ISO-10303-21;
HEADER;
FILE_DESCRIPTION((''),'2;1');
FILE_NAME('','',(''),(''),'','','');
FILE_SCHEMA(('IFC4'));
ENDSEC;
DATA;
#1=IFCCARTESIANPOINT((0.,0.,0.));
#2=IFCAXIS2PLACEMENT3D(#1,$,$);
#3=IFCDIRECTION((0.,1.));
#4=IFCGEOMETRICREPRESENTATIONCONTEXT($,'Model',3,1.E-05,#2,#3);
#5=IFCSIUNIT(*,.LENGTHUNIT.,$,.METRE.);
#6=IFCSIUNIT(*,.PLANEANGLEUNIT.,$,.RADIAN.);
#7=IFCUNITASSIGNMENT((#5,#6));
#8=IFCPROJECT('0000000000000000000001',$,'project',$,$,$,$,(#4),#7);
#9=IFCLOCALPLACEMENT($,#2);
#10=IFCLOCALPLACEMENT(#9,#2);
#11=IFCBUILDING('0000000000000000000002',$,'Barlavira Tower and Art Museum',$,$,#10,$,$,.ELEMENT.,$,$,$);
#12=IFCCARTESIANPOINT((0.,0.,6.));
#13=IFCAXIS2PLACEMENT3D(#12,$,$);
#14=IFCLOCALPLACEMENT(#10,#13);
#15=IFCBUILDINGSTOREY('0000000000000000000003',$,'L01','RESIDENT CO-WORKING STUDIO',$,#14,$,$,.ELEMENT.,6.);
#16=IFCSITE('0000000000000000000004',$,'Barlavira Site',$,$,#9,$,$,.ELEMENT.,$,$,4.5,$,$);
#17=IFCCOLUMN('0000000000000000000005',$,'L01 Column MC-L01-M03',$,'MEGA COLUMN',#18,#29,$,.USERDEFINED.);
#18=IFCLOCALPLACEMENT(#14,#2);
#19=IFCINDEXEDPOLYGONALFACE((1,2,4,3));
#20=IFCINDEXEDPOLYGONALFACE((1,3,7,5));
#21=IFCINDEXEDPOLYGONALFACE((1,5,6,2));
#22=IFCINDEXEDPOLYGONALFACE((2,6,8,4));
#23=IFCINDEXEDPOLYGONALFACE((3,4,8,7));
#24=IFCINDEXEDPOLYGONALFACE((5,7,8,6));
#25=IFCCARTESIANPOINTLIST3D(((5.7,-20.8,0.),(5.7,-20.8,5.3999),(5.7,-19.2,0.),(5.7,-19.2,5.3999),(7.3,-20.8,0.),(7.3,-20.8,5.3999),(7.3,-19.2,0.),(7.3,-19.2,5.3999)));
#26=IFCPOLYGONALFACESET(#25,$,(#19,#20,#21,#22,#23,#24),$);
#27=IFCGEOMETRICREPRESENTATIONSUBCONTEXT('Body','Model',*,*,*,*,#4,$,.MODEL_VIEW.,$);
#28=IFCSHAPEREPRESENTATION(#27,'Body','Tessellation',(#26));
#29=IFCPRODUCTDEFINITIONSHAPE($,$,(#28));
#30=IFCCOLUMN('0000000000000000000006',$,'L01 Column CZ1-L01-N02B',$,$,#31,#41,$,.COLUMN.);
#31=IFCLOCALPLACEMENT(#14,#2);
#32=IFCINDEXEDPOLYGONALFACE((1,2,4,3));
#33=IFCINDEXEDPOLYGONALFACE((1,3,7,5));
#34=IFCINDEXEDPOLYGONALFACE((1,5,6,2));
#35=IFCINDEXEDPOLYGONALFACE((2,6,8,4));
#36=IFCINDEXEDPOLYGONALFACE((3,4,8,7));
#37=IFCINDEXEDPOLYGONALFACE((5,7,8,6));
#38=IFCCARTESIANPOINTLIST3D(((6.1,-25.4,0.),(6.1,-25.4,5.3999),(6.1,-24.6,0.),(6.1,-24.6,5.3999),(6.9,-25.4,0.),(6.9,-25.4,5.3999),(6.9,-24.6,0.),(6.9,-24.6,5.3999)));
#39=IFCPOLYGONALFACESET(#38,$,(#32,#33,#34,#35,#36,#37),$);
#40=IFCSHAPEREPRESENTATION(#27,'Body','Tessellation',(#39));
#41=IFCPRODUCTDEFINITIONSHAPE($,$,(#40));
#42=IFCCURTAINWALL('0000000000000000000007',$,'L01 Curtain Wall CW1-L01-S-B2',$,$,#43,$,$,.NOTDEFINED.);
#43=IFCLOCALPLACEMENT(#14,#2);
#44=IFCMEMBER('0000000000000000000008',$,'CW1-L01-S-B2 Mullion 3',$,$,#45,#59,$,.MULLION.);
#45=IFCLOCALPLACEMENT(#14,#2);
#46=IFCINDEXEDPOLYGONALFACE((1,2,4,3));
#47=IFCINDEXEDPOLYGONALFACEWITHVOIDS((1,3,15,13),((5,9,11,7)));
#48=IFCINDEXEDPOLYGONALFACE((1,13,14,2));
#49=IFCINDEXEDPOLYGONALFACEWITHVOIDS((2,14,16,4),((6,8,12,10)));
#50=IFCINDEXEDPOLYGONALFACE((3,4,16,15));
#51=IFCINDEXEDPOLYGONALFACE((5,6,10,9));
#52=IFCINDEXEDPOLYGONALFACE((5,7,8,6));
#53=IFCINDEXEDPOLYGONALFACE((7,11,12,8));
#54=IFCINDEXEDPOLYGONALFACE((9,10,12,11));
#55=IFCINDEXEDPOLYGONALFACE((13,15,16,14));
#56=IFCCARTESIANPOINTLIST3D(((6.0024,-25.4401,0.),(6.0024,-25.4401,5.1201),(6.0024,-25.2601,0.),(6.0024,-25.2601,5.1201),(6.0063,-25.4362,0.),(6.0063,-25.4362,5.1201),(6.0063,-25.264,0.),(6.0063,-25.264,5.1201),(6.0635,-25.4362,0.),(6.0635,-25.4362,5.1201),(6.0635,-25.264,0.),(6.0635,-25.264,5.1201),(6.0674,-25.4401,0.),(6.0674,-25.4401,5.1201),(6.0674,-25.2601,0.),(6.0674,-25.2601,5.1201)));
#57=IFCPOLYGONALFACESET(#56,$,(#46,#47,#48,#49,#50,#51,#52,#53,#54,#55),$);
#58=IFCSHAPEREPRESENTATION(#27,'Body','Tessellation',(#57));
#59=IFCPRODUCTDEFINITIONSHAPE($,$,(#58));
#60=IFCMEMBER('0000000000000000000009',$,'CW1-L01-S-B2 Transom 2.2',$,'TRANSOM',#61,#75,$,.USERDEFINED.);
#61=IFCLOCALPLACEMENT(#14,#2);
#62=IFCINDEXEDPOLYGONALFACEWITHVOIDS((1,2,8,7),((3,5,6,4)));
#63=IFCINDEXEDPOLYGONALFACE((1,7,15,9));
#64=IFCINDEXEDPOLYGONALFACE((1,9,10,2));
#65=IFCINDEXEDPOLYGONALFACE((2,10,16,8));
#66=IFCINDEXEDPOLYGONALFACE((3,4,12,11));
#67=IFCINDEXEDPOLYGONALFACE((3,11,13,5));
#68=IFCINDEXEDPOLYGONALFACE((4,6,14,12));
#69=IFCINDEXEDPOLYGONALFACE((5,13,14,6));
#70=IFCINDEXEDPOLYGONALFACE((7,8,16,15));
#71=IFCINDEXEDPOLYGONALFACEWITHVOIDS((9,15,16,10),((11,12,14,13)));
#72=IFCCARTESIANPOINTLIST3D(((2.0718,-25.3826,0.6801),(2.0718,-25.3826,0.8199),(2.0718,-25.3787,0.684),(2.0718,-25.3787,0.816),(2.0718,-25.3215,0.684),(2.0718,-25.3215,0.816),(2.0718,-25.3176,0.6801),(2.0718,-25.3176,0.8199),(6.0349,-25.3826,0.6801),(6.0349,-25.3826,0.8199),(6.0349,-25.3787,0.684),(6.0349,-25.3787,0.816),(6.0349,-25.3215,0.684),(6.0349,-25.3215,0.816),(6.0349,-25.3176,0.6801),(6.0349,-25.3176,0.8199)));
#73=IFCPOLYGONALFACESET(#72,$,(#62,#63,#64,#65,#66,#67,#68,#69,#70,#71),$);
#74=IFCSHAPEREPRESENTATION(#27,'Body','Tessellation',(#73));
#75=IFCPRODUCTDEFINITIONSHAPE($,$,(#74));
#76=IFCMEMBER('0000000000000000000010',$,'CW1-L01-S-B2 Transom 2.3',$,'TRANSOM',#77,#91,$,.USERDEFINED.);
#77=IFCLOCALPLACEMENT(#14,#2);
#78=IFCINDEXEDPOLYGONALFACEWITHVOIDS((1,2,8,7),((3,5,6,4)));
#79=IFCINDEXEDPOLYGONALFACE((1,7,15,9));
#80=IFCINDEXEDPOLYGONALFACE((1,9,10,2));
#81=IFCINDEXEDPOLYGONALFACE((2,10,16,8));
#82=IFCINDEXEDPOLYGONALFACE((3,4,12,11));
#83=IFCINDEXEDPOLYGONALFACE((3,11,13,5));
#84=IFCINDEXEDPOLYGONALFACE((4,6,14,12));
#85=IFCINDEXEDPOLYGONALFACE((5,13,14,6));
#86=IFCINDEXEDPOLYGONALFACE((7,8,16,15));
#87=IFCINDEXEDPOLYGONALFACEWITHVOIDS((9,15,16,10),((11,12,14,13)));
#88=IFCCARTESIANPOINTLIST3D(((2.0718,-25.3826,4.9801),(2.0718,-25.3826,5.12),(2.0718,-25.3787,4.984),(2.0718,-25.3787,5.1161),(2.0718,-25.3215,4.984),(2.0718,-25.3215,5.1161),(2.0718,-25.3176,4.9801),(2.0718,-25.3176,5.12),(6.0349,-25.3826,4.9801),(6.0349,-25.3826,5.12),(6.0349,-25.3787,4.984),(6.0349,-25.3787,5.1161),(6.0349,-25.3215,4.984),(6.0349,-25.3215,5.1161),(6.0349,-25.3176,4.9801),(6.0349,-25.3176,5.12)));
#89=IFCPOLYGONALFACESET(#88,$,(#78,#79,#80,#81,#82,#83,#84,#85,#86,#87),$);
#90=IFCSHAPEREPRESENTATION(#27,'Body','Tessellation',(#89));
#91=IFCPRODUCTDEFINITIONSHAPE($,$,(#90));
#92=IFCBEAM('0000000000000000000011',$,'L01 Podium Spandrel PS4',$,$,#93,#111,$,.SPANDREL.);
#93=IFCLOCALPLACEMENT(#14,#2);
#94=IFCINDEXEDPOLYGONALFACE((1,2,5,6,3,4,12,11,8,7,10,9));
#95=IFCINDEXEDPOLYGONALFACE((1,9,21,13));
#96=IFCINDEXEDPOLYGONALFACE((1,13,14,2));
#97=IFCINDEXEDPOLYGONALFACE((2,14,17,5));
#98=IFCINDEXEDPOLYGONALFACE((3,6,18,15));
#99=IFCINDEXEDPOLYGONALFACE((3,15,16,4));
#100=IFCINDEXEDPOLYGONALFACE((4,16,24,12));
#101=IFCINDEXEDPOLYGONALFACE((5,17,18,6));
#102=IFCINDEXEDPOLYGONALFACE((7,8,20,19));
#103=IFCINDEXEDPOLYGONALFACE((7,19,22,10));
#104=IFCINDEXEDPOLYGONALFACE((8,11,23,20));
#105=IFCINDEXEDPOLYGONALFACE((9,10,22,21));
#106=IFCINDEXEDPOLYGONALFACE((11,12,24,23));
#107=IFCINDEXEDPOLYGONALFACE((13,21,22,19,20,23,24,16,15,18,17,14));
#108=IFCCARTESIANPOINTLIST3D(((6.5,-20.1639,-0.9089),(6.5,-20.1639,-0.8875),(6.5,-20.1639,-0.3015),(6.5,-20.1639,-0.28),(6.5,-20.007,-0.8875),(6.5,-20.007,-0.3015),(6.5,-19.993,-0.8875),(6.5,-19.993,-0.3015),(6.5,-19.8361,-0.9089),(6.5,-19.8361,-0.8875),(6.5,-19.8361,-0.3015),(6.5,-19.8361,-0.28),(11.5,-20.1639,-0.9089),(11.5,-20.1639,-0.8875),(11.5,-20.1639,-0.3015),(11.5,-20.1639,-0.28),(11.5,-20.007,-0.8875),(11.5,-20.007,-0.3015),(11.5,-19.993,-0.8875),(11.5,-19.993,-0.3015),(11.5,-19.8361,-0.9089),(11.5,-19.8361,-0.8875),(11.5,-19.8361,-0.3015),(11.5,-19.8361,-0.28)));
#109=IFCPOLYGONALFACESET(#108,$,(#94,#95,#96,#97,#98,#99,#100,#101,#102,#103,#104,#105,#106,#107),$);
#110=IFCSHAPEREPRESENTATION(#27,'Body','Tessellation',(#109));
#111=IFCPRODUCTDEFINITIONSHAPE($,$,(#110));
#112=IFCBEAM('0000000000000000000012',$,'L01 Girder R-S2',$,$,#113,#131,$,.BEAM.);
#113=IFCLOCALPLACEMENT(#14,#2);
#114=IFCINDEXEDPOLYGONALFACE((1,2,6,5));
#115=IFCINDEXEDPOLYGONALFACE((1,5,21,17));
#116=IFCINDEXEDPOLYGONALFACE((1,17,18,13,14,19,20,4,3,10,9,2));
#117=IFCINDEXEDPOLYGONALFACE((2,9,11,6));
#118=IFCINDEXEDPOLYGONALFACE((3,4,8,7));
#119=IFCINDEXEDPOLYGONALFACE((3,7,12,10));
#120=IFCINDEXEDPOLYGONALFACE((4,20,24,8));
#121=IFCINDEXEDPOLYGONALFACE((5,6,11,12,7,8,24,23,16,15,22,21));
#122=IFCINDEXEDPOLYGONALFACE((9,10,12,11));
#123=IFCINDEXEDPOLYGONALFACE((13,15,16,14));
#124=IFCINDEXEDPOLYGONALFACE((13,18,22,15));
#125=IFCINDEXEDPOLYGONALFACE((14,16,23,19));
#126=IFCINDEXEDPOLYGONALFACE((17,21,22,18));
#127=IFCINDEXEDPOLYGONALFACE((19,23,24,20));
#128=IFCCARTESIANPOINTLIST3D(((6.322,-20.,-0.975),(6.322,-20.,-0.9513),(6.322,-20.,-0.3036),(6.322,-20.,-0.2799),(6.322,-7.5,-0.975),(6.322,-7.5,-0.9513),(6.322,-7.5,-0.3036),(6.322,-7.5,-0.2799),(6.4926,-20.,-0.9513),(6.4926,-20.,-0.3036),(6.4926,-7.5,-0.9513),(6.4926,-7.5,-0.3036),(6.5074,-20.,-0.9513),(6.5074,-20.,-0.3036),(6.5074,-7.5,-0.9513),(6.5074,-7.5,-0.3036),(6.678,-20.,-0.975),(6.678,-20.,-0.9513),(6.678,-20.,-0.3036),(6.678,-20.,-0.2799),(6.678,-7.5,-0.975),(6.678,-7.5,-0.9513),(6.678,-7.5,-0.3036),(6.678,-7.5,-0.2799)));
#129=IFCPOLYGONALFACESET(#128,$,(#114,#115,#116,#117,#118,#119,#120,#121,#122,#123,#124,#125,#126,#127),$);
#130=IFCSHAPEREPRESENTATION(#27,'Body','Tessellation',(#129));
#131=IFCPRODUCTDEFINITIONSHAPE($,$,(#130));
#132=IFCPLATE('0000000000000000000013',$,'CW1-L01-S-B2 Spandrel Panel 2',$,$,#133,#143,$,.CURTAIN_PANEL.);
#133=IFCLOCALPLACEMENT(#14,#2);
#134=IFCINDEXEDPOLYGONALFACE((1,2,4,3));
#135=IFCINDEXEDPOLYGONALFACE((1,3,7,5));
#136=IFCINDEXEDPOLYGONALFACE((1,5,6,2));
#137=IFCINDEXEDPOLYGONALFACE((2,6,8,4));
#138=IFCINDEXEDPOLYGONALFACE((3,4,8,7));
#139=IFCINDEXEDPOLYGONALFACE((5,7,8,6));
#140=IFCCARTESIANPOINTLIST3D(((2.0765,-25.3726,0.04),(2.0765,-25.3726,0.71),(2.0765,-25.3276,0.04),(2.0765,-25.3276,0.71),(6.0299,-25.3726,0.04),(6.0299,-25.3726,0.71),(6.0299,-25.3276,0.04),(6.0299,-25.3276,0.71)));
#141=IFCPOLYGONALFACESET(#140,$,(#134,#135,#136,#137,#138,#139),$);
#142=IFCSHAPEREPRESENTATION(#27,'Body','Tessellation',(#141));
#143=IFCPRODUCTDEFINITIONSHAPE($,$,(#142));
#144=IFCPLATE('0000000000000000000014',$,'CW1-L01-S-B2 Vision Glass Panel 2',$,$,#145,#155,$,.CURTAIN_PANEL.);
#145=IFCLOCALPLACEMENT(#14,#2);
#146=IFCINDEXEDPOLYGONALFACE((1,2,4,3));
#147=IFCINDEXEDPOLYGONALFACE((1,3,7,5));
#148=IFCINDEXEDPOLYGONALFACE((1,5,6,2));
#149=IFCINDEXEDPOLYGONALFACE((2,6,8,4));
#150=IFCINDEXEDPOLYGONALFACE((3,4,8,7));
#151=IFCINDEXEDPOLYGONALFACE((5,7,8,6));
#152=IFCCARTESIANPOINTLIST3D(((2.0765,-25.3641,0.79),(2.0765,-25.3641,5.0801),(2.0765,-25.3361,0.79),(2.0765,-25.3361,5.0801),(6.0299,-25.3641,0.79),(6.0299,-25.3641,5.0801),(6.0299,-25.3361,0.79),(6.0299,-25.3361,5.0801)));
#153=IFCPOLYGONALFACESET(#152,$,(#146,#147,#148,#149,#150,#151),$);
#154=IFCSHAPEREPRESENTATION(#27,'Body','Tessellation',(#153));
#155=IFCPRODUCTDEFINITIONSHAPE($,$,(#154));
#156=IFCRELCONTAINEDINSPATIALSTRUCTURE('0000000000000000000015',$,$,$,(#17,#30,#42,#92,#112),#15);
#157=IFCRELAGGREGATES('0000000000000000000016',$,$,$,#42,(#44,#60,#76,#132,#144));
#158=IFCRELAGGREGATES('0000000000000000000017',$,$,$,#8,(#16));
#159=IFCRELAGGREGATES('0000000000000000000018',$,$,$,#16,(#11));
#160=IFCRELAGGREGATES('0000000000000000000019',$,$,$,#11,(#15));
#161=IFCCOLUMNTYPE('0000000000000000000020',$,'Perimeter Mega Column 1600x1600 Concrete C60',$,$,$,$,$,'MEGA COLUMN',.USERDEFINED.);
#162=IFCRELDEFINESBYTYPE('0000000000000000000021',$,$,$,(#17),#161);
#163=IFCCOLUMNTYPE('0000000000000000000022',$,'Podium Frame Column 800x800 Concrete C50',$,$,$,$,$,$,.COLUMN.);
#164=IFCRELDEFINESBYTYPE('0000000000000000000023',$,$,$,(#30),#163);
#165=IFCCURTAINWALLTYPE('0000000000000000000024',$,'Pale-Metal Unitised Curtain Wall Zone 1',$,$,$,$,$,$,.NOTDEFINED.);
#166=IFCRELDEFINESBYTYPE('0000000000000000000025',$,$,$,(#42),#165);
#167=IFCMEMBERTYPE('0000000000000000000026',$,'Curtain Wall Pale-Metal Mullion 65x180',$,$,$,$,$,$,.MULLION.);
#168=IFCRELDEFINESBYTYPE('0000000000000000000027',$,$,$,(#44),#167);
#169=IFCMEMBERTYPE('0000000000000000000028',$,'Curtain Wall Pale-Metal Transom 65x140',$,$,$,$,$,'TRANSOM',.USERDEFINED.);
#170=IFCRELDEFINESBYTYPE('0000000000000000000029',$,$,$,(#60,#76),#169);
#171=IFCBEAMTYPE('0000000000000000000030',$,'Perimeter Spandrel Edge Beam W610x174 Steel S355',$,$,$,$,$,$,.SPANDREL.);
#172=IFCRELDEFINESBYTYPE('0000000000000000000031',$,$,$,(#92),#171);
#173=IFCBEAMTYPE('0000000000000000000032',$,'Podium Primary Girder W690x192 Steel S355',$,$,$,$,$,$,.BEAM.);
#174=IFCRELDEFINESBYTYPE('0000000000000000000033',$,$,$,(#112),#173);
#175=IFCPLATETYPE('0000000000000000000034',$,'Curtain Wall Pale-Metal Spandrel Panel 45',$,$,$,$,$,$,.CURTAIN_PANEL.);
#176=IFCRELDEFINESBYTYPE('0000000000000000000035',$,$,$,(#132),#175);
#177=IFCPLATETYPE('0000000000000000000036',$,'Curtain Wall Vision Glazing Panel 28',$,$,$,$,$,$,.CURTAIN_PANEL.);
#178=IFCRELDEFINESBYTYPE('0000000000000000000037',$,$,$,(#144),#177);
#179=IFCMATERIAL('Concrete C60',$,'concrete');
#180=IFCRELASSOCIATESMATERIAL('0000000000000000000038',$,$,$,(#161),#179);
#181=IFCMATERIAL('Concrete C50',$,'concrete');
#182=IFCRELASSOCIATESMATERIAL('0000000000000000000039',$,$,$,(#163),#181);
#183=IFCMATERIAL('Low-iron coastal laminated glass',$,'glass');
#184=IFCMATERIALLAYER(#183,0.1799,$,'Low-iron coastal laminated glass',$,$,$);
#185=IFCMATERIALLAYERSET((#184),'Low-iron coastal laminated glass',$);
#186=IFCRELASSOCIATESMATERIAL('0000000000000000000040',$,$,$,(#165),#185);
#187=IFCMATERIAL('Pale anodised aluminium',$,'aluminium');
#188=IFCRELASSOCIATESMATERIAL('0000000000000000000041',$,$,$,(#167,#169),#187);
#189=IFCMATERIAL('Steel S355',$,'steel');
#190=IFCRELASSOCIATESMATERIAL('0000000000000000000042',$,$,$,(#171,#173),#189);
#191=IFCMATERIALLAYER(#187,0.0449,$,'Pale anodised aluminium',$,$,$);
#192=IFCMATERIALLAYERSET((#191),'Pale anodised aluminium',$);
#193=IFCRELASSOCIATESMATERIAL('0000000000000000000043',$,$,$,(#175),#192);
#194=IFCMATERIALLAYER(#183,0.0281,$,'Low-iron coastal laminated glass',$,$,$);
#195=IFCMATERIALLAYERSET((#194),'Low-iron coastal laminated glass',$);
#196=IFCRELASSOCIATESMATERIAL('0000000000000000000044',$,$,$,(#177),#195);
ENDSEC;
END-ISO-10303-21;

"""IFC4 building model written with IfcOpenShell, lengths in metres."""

from ifc_helpers import new_model, si_unit, direction, frame, origin, origin_2d, place, context, subcontext, project, spatial, rectangle, hollow_rectangle, i_section, extrude, material, layer, layer_set, material_profile, profile_set, type_object, element, aggregate, save


model = new_model("IFC4")

# Units and contexts
model_context = context("Model", 3, precision=1e-05, world=origin(), true_north=direction((0.0, 1.0)))
body_context = subcontext(model_context, "Body", "Model", "MODEL_VIEW")
ifc_project = project(units=[si_unit("LENGTHUNIT", "METRE"), si_unit("PLANEANGLEUNIT", "RADIAN")], contexts=[model_context])

# Site, building, storey
site_placement = place(None, origin())
site = spatial("IfcSite", under=ifc_project, at=site_placement, Name="Barlavira Site", CompositionType="ELEMENT", RefElevation=4.5)
building_placement = place(site_placement, origin())
building = spatial("IfcBuilding", under=site, at=building_placement, Name="Barlavira Tower and Art Museum", CompositionType="ELEMENT")
storey_placement = place(building_placement, frame((0.0, 0.0, 6.0)))
storey = spatial("IfcBuildingStorey", under=building, at=storey_placement, Name="L01", Description="RESIDENT CO-WORKING STUDIO", CompositionType="ELEMENT", Elevation=6.0)

# Columns
ifc_material_1 = material(Name="Concrete C60", Category="concrete")
ifc_material_profile_1 = material_profile(ifc_material_1, rectangle(XDim=1.6001, YDim=1.6001, at=origin_2d()), Name="RC-MCOL 1600x1600")
ifc_profile_set_1 = profile_set([ifc_material_profile_1], Name="Concrete C60")
column_type_1 = type_object("IfcColumnType", Name="Perimeter Mega Column 1600x1600 Concrete C60", ElementType="MEGA COLUMN", PredefinedType="USERDEFINED", material=ifc_profile_set_1)
column_1_placement = place(storey_placement, frame((6.5, -20.0, 0.0), z_axis=(0.0, 0.0, 1.0), x_axis=(1.0, 0.0, 0.0)))
element("IfcColumn", 1, at=column_1_placement, inside=storey, type_object=column_type_1, Name="L01 Column MC-L01-M03", ObjectType="MEGA COLUMN", PredefinedType="USERDEFINED", context=body_context, shape_type="SweptSolid", body=[
    extrude(rectangle(XDim=1.6001, YDim=1.6001, at=origin_2d()), origin(), (0.0, 0.0, 1.0), 5.3999),
])
ifc_material_2 = material(Name="Concrete C50", Category="concrete")
ifc_material_profile_2 = material_profile(ifc_material_2, rectangle(XDim=0.8, YDim=0.8, at=origin_2d()), Name="RC-COL 800x800")
ifc_profile_set_2 = profile_set([ifc_material_profile_2], Name="Concrete C50")
column_type_2 = type_object("IfcColumnType", Name="Podium Frame Column 800x800 Concrete C50", PredefinedType="COLUMN", material=ifc_profile_set_2)
column_2_placement = place(storey_placement, frame((6.5, -25.0, 0.0), z_axis=(0.0, 0.0, 1.0), x_axis=(1.0, 0.0, 0.0)))
element("IfcColumn", 2, at=column_2_placement, inside=storey, type_object=column_type_2, Name="L01 Column CZ1-L01-N02B", PredefinedType="COLUMN", context=body_context, shape_type="SweptSolid", body=[
    extrude(rectangle(XDim=0.8, YDim=0.8, at=origin_2d()), origin(), (0.0, 0.0, 1.0), 5.3999),
])

# Curtain wall, members
ifc_material_3 = material(Name="Low-iron coastal laminated glass", Category="glass")
ifc_layer_1 = layer(ifc_material_3, 0.1799, Name="Low-iron coastal laminated glass")
ifc_layer_set_1 = layer_set([ifc_layer_1], Name="Low-iron coastal laminated glass")
curtain_wall_type = type_object("IfcCurtainWallType", Name="Pale-Metal Unitised Curtain Wall Zone 1", PredefinedType="NOTDEFINED", material=ifc_layer_set_1)
curtain_wall_placement = place(storey_placement, origin())
curtain_wall = element("IfcCurtainWall", 3, at=curtain_wall_placement, inside=storey, type_object=curtain_wall_type, Name="L01 Curtain Wall CW1-L01-S-B2", PredefinedType="NOTDEFINED")
ifc_material_4 = material(Name="Pale anodised aluminium", Category="aluminium")
ifc_material_profile_3 = material_profile(ifc_material_4, hollow_rectangle(XDim=0.0649, YDim=0.1799, WallThickness=0.0039, at=origin_2d()), Name="ALU-MULL 65x180x4")
ifc_profile_set_3 = profile_set([ifc_material_profile_3], Name="Pale anodised aluminium")
member_type_1 = type_object("IfcMemberType", Name="Curtain Wall Pale-Metal Mullion 65x180", PredefinedType="MULLION", material=ifc_profile_set_3)
member_1_placement = place(storey_placement, frame((6.0349, -25.3501, 0.0), z_axis=(0.0, 0.0, 1.0), x_axis=(1.0, 0.0, 0.0)))
member_1 = element("IfcMember", 4, at=member_1_placement, type_object=member_type_1, Name="CW1-L01-S-B2 Mullion 3", PredefinedType="MULLION", context=body_context, shape_type="SweptSolid", body=[
    extrude(hollow_rectangle(XDim=0.0649, YDim=0.1799, WallThickness=0.0039, at=origin_2d()), origin(), (0.0, 0.0, 1.0), 5.1201),
])
ifc_material_profile_4 = material_profile(ifc_material_4, hollow_rectangle(XDim=0.0649, YDim=0.1399, WallThickness=0.0039, at=origin_2d()), Name="ALU-TRAN 65x140x4")
ifc_profile_set_4 = profile_set([ifc_material_profile_4], Name="Pale anodised aluminium")
member_type_2 = type_object("IfcMemberType", Name="Curtain Wall Pale-Metal Transom 65x140", ElementType="TRANSOM", PredefinedType="USERDEFINED", material=ifc_profile_set_4)
member_2_placement = place(storey_placement, frame((2.0718, -25.3501, 0.75), z_axis=(1.0, 0.0, 0.0), x_axis=(0.0, 1.0, 0.0)))
member_2 = element("IfcMember", 5, at=member_2_placement, type_object=member_type_2, Name="CW1-L01-S-B2 Transom 2.2", ObjectType="TRANSOM", PredefinedType="USERDEFINED", context=body_context, shape_type="SweptSolid", body=[
    extrude(hollow_rectangle(XDim=0.0649, YDim=0.1399, WallThickness=0.0039, at=origin_2d()), origin(), (0.0, 0.0, 1.0), 3.9631),
])
member_3_placement = place(storey_placement, frame((2.0718, -25.3501, 5.05), z_axis=(1.0, 0.0, 0.0), x_axis=(0.0, 1.0, 0.0)))
member_3 = element("IfcMember", 6, at=member_3_placement, type_object=member_type_2, Name="CW1-L01-S-B2 Transom 2.3", ObjectType="TRANSOM", PredefinedType="USERDEFINED", context=body_context, shape_type="SweptSolid", body=[
    extrude(hollow_rectangle(XDim=0.0649, YDim=0.1399, WallThickness=0.0039, at=origin_2d()), origin(), (0.0, 0.0, 1.0), 3.9631),
])

# Beams
ifc_material_5 = material(Name="Steel S355", Category="steel")
ifc_material_profile_5 = material_profile(ifc_material_5, i_section(OverallWidth=0.3279, OverallDepth=0.6289, WebThickness=0.0139, FlangeThickness=0.0215, at=origin_2d()), Name="W610x174.0")
ifc_profile_set_5 = profile_set([ifc_material_profile_5], Name="Steel S355")
beam_type_1 = type_object("IfcBeamType", Name="Perimeter Spandrel Edge Beam W610x174 Steel S355", PredefinedType="SPANDREL", material=ifc_profile_set_5)
beam_1_placement = place(storey_placement, frame((6.5, -20.0, -0.5945), z_axis=(1.0, 0.0, 0.0), x_axis=(0.0, 1.0, 0.0)))
element("IfcBeam", 7, at=beam_1_placement, inside=storey, type_object=beam_type_1, Name="L01 Podium Spandrel PS4", PredefinedType="SPANDREL", context=body_context, shape_type="SweptSolid", body=[
    extrude(i_section(OverallWidth=0.3279, OverallDepth=0.6289, WebThickness=0.0139, FlangeThickness=0.0215, at=origin_2d()), origin(), (0.0, 0.0, 1.0), 5.0),
])
ifc_material_profile_6 = material_profile(ifc_material_5, i_section(OverallWidth=0.356, OverallDepth=0.6951, WebThickness=0.0149, FlangeThickness=0.0237, at=origin_2d()), Name="W690x192.0")
ifc_profile_set_6 = profile_set([ifc_material_profile_6], Name="Steel S355")
beam_type_2 = type_object("IfcBeamType", Name="Podium Primary Girder W690x192 Steel S355", PredefinedType="BEAM", material=ifc_profile_set_6)
beam_2_placement = place(storey_placement, frame((6.5, -20.0, -0.6274), z_axis=(0.0, 1.0, 0.0), x_axis=(-1.0, 0.0, 0.0)))
element("IfcBeam", 8, at=beam_2_placement, inside=storey, type_object=beam_type_2, Name="L01 Girder R-S2", PredefinedType="BEAM", context=body_context, shape_type="SweptSolid", body=[
    extrude(i_section(OverallWidth=0.356, OverallDepth=0.6951, WebThickness=0.0149, FlangeThickness=0.0237, at=origin_2d()), origin(), (0.0, 0.0, 1.0), 12.5),
])

# Plates
ifc_layer_2 = layer(ifc_material_4, 0.0449, Name="Pale anodised aluminium")
ifc_layer_set_2 = layer_set([ifc_layer_2], Name="Pale anodised aluminium")
plate_type_1 = type_object("IfcPlateType", Name="Curtain Wall Pale-Metal Spandrel Panel 45", PredefinedType="CURTAIN_PANEL", material=ifc_layer_set_2)
plate_1_placement = place(storey_placement, frame((4.0532, -25.3501, 0.04), z_axis=(0.0, 0.0, 1.0), x_axis=(1.0, 0.0, 0.0)))
plate_1 = element("IfcPlate", 9, at=plate_1_placement, type_object=plate_type_1, Name="CW1-L01-S-B2 Spandrel Panel 2", PredefinedType="CURTAIN_PANEL", context=body_context, shape_type="SweptSolid", body=[
    extrude(rectangle(XDim=3.9534, YDim=0.0449, at=origin_2d()), origin(), (0.0, 0.0, 1.0), 0.6699),
])
ifc_layer_3 = layer(ifc_material_3, 0.0281, Name="Low-iron coastal laminated glass")
ifc_layer_set_3 = layer_set([ifc_layer_3], Name="Low-iron coastal laminated glass")
plate_type_2 = type_object("IfcPlateType", Name="Curtain Wall Vision Glazing Panel 28", PredefinedType="CURTAIN_PANEL", material=ifc_layer_set_3)
plate_2_placement = place(storey_placement, frame((4.0532, -25.3501, 0.79), z_axis=(0.0, 0.0, 1.0), x_axis=(1.0, 0.0, 0.0)))
plate_2 = element("IfcPlate", 10, at=plate_2_placement, type_object=plate_type_2, Name="CW1-L01-S-B2 Vision Glass Panel 2", PredefinedType="CURTAIN_PANEL", context=body_context, shape_type="SweptSolid", body=[
    extrude(rectangle(XDim=3.9534, YDim=0.0281, at=origin_2d()), origin(), (0.0, 0.0, 1.0), 4.29),
])
aggregate(curtain_wall, [member_1, member_2, member_3, plate_1, plate_2])

save(model, "model.ifc")
